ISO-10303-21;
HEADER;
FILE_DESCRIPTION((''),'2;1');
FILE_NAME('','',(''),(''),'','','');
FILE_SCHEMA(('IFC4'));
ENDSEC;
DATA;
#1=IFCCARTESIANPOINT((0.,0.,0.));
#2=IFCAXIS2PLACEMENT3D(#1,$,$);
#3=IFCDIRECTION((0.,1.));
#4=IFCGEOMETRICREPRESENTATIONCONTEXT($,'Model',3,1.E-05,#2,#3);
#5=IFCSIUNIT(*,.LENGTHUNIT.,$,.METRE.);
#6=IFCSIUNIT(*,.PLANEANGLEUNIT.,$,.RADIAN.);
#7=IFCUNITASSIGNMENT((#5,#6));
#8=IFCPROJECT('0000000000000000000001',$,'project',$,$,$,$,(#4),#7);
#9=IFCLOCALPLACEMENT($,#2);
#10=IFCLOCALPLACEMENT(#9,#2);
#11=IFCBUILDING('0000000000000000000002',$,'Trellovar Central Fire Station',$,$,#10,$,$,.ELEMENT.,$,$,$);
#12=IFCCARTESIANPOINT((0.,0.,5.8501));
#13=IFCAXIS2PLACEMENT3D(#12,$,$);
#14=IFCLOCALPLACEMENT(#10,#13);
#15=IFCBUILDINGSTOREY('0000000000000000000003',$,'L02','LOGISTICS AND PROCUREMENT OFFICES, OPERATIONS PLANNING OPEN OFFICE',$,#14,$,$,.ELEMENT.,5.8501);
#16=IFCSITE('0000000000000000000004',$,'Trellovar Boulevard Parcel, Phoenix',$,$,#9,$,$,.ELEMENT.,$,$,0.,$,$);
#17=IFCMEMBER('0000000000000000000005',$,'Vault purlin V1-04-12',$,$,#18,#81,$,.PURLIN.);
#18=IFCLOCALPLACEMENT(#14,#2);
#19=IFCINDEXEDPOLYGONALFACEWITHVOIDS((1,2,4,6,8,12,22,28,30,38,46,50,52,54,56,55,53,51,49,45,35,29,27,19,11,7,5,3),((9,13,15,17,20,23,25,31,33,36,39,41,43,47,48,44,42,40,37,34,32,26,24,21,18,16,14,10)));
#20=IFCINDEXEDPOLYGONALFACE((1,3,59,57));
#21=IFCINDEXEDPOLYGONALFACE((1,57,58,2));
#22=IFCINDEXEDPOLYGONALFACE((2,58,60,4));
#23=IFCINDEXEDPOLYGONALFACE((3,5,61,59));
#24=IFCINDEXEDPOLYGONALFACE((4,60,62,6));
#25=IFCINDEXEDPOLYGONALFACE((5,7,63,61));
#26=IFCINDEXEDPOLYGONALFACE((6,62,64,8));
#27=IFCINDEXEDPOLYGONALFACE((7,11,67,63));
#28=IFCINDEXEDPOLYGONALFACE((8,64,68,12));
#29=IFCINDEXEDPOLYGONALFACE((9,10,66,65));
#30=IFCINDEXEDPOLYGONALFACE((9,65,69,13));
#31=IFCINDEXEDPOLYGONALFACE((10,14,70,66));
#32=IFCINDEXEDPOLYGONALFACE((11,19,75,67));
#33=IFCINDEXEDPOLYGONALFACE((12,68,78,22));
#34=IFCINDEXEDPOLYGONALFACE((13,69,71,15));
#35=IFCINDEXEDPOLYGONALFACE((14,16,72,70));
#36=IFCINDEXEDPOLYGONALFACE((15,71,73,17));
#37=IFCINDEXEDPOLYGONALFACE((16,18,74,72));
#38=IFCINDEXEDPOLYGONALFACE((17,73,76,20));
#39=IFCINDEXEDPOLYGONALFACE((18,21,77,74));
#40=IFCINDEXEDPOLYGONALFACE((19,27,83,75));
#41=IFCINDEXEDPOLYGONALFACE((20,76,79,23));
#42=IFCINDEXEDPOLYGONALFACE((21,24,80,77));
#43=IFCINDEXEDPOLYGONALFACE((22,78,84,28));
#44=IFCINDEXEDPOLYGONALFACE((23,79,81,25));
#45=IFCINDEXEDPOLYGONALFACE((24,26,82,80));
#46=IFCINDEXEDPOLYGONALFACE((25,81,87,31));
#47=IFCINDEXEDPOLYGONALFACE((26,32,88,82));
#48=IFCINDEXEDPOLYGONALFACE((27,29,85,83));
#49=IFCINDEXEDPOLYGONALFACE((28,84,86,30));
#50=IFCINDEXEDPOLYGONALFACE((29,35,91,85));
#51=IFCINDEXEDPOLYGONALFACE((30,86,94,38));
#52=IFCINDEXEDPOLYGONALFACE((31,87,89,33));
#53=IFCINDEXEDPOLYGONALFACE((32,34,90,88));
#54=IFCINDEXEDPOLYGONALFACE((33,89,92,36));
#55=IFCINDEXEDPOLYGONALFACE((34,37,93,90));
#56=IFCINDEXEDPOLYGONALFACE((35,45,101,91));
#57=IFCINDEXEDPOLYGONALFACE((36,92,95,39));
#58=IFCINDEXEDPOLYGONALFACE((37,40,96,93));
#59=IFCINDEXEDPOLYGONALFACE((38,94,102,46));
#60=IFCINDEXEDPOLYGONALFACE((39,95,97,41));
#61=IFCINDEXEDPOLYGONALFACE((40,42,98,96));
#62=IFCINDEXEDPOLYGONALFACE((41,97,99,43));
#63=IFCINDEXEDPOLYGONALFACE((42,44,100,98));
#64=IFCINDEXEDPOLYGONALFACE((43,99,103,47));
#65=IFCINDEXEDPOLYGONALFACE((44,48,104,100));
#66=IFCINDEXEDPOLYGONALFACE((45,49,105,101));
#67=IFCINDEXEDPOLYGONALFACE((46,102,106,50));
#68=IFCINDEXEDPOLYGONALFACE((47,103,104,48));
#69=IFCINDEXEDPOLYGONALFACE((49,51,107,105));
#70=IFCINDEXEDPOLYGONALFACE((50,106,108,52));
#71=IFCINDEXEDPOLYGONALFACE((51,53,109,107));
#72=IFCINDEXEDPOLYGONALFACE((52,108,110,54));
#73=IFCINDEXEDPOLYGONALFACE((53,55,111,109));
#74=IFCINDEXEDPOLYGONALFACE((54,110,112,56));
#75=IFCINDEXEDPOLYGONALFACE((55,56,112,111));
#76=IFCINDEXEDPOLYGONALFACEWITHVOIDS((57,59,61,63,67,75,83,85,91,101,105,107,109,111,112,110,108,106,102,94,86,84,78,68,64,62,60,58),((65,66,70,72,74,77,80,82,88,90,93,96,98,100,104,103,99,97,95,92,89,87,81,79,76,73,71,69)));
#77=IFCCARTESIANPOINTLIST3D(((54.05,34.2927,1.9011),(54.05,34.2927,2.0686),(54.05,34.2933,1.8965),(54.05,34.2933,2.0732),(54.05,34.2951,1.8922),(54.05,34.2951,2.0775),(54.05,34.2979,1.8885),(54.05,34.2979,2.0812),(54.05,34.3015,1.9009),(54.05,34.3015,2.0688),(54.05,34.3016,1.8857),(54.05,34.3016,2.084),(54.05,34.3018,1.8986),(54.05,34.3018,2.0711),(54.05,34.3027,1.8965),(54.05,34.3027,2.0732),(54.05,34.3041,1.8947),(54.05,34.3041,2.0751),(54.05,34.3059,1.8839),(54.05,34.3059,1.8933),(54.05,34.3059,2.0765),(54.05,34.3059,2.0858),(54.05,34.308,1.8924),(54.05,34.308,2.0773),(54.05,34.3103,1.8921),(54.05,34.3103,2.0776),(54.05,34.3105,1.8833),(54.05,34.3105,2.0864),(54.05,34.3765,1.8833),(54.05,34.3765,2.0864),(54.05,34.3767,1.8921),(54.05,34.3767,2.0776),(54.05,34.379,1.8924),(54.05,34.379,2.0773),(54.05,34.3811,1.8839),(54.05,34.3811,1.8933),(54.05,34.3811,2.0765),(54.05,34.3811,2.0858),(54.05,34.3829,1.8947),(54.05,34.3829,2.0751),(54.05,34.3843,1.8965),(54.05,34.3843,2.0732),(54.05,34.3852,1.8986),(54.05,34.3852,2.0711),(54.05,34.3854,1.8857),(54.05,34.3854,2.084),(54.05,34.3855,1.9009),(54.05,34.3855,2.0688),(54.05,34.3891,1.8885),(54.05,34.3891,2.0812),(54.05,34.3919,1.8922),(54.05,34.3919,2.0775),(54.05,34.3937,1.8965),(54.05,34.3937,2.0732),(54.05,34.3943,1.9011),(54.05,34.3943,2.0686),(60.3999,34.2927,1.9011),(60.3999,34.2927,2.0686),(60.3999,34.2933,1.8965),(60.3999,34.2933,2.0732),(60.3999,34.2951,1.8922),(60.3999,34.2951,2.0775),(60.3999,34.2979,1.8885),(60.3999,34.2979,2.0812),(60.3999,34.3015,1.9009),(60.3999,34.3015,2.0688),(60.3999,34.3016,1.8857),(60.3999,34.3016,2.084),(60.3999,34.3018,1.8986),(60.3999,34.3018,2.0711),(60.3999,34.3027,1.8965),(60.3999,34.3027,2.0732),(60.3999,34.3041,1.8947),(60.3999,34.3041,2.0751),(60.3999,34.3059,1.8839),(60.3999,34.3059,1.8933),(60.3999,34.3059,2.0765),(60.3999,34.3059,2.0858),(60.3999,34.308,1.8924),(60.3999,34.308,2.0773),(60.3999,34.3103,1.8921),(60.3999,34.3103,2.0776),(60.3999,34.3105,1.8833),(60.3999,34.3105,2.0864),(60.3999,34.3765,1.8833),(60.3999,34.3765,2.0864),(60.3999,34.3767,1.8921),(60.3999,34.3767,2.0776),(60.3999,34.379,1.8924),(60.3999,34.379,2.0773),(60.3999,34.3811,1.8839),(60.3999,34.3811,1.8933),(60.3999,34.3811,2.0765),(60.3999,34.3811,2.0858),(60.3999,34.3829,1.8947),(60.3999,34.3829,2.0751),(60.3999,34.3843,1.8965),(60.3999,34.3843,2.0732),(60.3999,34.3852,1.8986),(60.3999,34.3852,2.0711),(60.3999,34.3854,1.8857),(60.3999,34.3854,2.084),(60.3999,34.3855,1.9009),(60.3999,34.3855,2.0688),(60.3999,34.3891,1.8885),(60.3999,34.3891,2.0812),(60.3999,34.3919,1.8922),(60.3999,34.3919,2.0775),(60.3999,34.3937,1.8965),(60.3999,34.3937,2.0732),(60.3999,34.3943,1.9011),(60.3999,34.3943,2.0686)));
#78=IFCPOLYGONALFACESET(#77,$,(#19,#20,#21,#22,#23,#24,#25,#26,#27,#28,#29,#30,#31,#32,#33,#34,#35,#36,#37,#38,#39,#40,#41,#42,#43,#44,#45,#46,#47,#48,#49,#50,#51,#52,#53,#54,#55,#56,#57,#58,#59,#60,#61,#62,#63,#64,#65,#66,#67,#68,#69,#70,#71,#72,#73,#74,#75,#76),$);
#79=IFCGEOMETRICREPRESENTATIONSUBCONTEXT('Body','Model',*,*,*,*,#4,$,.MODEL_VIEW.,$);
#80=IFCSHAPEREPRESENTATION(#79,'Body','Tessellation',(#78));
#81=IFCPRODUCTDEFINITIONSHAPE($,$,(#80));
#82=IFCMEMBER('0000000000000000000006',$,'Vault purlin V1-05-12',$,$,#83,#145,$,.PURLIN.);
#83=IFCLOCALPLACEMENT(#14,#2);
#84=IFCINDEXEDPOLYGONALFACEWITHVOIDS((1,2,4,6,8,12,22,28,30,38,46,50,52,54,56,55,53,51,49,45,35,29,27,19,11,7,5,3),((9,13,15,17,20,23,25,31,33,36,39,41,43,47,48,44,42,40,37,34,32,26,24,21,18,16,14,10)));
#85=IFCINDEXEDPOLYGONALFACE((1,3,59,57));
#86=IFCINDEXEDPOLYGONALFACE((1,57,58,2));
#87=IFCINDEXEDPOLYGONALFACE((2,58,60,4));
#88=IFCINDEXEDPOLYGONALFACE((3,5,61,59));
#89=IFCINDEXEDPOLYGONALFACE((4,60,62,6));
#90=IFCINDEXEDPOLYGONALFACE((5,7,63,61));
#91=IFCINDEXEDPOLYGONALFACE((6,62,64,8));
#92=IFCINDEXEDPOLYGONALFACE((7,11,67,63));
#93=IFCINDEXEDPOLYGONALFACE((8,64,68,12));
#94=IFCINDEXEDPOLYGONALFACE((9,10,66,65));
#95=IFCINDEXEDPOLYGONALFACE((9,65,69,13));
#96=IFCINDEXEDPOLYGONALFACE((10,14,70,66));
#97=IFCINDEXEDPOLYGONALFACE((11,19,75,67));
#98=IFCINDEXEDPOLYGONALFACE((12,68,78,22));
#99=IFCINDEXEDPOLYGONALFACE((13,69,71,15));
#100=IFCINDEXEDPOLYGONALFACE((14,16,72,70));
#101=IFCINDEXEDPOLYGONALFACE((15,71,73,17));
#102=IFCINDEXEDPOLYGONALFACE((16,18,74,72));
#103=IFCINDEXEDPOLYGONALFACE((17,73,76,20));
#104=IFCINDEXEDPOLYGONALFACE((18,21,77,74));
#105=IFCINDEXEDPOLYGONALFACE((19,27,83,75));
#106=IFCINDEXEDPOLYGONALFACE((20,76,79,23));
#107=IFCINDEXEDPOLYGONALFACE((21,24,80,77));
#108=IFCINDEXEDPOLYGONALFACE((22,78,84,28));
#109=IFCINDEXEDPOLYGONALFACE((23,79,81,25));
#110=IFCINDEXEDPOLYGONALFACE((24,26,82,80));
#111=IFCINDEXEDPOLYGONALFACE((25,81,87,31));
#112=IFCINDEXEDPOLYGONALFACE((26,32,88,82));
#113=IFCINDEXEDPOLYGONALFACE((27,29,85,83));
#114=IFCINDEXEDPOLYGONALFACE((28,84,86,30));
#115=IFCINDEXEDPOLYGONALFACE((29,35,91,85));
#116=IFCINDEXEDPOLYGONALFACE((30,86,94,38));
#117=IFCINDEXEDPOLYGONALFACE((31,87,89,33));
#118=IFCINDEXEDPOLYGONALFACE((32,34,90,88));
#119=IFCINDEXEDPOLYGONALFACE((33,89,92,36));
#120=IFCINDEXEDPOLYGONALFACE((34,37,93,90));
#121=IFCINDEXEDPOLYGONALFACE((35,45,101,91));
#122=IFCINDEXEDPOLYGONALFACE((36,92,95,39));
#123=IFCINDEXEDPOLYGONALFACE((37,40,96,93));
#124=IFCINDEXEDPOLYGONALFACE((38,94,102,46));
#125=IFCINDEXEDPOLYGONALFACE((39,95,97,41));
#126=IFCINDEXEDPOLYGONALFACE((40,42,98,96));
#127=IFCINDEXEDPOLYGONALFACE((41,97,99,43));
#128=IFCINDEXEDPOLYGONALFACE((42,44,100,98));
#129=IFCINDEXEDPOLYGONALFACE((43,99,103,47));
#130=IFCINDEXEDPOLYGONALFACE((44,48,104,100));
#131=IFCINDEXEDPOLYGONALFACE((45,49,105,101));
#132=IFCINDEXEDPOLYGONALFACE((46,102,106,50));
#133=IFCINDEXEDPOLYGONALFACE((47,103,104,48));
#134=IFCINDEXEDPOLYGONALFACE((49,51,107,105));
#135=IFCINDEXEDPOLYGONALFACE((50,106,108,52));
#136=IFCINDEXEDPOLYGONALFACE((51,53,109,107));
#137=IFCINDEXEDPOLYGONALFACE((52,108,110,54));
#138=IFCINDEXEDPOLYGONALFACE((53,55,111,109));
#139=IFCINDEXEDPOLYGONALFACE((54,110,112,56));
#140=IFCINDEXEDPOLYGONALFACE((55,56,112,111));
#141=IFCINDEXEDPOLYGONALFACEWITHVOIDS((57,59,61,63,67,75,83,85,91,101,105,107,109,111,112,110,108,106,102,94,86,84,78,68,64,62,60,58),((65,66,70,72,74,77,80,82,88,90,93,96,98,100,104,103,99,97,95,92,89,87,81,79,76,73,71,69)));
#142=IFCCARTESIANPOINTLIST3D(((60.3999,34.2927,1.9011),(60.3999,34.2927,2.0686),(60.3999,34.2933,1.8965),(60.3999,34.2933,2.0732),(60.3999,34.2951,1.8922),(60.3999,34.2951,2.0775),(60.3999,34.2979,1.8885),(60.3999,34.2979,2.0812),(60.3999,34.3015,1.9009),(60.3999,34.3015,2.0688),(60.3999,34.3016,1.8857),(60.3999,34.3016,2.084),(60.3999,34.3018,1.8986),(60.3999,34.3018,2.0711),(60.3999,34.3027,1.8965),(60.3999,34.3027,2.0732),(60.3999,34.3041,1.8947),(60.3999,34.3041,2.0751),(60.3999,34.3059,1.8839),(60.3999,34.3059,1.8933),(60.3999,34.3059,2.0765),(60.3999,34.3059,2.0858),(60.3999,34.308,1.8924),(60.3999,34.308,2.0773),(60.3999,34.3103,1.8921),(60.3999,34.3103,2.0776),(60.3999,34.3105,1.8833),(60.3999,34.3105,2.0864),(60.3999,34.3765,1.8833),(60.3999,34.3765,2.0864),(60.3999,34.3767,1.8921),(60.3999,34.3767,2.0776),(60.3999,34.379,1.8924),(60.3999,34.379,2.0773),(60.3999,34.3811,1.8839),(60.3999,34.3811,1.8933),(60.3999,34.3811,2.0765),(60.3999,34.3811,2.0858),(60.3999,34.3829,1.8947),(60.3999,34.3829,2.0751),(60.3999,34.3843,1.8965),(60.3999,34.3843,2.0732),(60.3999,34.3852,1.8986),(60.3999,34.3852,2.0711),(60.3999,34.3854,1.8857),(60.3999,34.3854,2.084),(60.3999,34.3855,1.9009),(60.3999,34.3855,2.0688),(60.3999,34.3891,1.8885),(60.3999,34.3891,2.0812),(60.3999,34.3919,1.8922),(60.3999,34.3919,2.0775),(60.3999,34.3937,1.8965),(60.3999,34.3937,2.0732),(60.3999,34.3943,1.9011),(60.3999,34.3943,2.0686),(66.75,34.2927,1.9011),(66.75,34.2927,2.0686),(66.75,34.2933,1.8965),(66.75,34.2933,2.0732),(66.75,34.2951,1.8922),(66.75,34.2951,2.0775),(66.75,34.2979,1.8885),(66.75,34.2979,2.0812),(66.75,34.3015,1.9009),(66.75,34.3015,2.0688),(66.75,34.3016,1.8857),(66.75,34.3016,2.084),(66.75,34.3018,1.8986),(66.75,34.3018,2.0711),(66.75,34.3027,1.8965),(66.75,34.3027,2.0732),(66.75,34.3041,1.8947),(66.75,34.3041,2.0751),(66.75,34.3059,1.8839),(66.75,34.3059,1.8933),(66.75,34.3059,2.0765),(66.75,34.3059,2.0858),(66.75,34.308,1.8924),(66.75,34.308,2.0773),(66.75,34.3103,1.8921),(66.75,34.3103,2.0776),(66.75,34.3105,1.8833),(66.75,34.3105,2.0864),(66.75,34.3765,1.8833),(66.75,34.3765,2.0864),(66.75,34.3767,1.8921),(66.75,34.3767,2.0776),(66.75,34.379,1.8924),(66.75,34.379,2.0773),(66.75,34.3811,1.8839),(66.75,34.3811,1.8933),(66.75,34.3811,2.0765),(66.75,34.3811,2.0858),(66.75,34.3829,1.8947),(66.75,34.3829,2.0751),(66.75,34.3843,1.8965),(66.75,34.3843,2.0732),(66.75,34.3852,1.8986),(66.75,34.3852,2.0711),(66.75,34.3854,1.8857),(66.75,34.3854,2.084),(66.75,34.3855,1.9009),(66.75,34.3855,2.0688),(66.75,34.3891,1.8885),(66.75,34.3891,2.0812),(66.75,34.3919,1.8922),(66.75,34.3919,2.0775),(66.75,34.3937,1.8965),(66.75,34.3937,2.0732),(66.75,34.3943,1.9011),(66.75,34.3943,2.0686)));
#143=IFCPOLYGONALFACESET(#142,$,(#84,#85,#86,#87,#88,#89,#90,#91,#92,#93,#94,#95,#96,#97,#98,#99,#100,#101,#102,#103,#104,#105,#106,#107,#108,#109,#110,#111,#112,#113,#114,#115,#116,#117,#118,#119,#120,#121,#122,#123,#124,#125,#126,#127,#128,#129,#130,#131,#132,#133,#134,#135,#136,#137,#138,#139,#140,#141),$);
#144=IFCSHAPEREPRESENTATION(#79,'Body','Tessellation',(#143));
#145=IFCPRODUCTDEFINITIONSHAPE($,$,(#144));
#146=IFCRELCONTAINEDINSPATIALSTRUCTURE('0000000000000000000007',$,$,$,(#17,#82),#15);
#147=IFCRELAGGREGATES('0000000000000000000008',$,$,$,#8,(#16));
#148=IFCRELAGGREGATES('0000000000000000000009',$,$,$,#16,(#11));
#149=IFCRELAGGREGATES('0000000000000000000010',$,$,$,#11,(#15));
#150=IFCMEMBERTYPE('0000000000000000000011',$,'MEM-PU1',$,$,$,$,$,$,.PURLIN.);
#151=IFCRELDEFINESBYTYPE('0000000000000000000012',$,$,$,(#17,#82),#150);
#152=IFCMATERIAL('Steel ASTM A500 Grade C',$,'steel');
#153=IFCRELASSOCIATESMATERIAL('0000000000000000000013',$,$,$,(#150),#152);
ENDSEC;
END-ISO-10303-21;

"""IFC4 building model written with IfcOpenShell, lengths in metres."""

from ifc_helpers import new_model, si_unit, direction, frame, origin, origin_2d, place, context, subcontext, project, spatial, hollow_rectangle, extrude, material, material_profile, profile_set, type_object, element, save


model = new_model("IFC4")

# Units and contexts
model_context = context("Model", 3, precision=1e-05, world=origin(), true_north=direction((0.0, 1.0)))
body_context = subcontext(model_context, "Body", "Model", "MODEL_VIEW")
ifc_project = project(units=[si_unit("LENGTHUNIT", "METRE"), si_unit("PLANEANGLEUNIT", "RADIAN")], contexts=[model_context])

# Site, building, storey
site_placement = place(None, origin())
site = spatial("IfcSite", under=ifc_project, at=site_placement, Name="Trellovar Boulevard Parcel, Phoenix", CompositionType="ELEMENT", RefElevation=0.0)
building_placement = place(site_placement, origin())
building = spatial("IfcBuilding", under=site, at=building_placement, Name="Trellovar Central Fire Station", CompositionType="ELEMENT")
storey_placement = place(building_placement, frame((0.0, 0.0, 5.8501)))
storey = spatial("IfcBuildingStorey", under=building, at=storey_placement, Name="L02", Description="LOGISTICS AND PROCUREMENT OFFICES, OPERATIONS PLANNING OPEN OFFICE", CompositionType="ELEMENT", Elevation=5.8501)

# Members
ifc_material_1 = material(Name="Steel ASTM A500 Grade C", Category="steel")
ifc_material_profile_1 = material_profile(ifc_material_1, hollow_rectangle(XDim=0.1016, YDim=0.2031, WallThickness=0.0088, InnerFilletRadius=0.0088, OuterFilletRadius=0.0178, at=origin_2d()), Name="HSS8X4X3/8")
ifc_profile_set_1 = profile_set([ifc_material_profile_1], Name="Steel ASTM A500 Grade C")
member_type_1 = type_object("IfcMemberType", Name="MEM-PU1", PredefinedType="PURLIN", material=ifc_profile_set_1)
member_1_placement = place(storey_placement, frame((54.05, 34.3435, 1.9849), z_axis=(1.0, 0.0, 0.0), x_axis=(0.0, 1.0, 0.0)))
element("IfcMember", 1, at=member_1_placement, inside=storey, type_object=member_type_1, Name="Vault purlin V1-04-12", PredefinedType="PURLIN", context=body_context, shape_type="SweptSolid", body=[
    extrude(hollow_rectangle(XDim=0.1016, YDim=0.2031, WallThickness=0.0088, InnerFilletRadius=0.0088, OuterFilletRadius=0.0178, at=origin_2d()), origin(), (0.0, 0.0, 1.0), 6.3499),
])
member_2_placement = place(storey_placement, frame((60.3999, 34.3435, 1.9849), z_axis=(1.0, 0.0, 0.0), x_axis=(0.0, 1.0, 0.0)))
element("IfcMember", 2, at=member_2_placement, inside=storey, type_object=member_type_1, Name="Vault purlin V1-05-12", PredefinedType="PURLIN", context=body_context, shape_type="SweptSolid", body=[
    extrude(hollow_rectangle(XDim=0.1016, YDim=0.2031, WallThickness=0.0088, InnerFilletRadius=0.0088, OuterFilletRadius=0.0178, at=origin_2d()), origin(), (0.0, 0.0, 1.0), 6.3501),
])

save(model, "model.ifc")
